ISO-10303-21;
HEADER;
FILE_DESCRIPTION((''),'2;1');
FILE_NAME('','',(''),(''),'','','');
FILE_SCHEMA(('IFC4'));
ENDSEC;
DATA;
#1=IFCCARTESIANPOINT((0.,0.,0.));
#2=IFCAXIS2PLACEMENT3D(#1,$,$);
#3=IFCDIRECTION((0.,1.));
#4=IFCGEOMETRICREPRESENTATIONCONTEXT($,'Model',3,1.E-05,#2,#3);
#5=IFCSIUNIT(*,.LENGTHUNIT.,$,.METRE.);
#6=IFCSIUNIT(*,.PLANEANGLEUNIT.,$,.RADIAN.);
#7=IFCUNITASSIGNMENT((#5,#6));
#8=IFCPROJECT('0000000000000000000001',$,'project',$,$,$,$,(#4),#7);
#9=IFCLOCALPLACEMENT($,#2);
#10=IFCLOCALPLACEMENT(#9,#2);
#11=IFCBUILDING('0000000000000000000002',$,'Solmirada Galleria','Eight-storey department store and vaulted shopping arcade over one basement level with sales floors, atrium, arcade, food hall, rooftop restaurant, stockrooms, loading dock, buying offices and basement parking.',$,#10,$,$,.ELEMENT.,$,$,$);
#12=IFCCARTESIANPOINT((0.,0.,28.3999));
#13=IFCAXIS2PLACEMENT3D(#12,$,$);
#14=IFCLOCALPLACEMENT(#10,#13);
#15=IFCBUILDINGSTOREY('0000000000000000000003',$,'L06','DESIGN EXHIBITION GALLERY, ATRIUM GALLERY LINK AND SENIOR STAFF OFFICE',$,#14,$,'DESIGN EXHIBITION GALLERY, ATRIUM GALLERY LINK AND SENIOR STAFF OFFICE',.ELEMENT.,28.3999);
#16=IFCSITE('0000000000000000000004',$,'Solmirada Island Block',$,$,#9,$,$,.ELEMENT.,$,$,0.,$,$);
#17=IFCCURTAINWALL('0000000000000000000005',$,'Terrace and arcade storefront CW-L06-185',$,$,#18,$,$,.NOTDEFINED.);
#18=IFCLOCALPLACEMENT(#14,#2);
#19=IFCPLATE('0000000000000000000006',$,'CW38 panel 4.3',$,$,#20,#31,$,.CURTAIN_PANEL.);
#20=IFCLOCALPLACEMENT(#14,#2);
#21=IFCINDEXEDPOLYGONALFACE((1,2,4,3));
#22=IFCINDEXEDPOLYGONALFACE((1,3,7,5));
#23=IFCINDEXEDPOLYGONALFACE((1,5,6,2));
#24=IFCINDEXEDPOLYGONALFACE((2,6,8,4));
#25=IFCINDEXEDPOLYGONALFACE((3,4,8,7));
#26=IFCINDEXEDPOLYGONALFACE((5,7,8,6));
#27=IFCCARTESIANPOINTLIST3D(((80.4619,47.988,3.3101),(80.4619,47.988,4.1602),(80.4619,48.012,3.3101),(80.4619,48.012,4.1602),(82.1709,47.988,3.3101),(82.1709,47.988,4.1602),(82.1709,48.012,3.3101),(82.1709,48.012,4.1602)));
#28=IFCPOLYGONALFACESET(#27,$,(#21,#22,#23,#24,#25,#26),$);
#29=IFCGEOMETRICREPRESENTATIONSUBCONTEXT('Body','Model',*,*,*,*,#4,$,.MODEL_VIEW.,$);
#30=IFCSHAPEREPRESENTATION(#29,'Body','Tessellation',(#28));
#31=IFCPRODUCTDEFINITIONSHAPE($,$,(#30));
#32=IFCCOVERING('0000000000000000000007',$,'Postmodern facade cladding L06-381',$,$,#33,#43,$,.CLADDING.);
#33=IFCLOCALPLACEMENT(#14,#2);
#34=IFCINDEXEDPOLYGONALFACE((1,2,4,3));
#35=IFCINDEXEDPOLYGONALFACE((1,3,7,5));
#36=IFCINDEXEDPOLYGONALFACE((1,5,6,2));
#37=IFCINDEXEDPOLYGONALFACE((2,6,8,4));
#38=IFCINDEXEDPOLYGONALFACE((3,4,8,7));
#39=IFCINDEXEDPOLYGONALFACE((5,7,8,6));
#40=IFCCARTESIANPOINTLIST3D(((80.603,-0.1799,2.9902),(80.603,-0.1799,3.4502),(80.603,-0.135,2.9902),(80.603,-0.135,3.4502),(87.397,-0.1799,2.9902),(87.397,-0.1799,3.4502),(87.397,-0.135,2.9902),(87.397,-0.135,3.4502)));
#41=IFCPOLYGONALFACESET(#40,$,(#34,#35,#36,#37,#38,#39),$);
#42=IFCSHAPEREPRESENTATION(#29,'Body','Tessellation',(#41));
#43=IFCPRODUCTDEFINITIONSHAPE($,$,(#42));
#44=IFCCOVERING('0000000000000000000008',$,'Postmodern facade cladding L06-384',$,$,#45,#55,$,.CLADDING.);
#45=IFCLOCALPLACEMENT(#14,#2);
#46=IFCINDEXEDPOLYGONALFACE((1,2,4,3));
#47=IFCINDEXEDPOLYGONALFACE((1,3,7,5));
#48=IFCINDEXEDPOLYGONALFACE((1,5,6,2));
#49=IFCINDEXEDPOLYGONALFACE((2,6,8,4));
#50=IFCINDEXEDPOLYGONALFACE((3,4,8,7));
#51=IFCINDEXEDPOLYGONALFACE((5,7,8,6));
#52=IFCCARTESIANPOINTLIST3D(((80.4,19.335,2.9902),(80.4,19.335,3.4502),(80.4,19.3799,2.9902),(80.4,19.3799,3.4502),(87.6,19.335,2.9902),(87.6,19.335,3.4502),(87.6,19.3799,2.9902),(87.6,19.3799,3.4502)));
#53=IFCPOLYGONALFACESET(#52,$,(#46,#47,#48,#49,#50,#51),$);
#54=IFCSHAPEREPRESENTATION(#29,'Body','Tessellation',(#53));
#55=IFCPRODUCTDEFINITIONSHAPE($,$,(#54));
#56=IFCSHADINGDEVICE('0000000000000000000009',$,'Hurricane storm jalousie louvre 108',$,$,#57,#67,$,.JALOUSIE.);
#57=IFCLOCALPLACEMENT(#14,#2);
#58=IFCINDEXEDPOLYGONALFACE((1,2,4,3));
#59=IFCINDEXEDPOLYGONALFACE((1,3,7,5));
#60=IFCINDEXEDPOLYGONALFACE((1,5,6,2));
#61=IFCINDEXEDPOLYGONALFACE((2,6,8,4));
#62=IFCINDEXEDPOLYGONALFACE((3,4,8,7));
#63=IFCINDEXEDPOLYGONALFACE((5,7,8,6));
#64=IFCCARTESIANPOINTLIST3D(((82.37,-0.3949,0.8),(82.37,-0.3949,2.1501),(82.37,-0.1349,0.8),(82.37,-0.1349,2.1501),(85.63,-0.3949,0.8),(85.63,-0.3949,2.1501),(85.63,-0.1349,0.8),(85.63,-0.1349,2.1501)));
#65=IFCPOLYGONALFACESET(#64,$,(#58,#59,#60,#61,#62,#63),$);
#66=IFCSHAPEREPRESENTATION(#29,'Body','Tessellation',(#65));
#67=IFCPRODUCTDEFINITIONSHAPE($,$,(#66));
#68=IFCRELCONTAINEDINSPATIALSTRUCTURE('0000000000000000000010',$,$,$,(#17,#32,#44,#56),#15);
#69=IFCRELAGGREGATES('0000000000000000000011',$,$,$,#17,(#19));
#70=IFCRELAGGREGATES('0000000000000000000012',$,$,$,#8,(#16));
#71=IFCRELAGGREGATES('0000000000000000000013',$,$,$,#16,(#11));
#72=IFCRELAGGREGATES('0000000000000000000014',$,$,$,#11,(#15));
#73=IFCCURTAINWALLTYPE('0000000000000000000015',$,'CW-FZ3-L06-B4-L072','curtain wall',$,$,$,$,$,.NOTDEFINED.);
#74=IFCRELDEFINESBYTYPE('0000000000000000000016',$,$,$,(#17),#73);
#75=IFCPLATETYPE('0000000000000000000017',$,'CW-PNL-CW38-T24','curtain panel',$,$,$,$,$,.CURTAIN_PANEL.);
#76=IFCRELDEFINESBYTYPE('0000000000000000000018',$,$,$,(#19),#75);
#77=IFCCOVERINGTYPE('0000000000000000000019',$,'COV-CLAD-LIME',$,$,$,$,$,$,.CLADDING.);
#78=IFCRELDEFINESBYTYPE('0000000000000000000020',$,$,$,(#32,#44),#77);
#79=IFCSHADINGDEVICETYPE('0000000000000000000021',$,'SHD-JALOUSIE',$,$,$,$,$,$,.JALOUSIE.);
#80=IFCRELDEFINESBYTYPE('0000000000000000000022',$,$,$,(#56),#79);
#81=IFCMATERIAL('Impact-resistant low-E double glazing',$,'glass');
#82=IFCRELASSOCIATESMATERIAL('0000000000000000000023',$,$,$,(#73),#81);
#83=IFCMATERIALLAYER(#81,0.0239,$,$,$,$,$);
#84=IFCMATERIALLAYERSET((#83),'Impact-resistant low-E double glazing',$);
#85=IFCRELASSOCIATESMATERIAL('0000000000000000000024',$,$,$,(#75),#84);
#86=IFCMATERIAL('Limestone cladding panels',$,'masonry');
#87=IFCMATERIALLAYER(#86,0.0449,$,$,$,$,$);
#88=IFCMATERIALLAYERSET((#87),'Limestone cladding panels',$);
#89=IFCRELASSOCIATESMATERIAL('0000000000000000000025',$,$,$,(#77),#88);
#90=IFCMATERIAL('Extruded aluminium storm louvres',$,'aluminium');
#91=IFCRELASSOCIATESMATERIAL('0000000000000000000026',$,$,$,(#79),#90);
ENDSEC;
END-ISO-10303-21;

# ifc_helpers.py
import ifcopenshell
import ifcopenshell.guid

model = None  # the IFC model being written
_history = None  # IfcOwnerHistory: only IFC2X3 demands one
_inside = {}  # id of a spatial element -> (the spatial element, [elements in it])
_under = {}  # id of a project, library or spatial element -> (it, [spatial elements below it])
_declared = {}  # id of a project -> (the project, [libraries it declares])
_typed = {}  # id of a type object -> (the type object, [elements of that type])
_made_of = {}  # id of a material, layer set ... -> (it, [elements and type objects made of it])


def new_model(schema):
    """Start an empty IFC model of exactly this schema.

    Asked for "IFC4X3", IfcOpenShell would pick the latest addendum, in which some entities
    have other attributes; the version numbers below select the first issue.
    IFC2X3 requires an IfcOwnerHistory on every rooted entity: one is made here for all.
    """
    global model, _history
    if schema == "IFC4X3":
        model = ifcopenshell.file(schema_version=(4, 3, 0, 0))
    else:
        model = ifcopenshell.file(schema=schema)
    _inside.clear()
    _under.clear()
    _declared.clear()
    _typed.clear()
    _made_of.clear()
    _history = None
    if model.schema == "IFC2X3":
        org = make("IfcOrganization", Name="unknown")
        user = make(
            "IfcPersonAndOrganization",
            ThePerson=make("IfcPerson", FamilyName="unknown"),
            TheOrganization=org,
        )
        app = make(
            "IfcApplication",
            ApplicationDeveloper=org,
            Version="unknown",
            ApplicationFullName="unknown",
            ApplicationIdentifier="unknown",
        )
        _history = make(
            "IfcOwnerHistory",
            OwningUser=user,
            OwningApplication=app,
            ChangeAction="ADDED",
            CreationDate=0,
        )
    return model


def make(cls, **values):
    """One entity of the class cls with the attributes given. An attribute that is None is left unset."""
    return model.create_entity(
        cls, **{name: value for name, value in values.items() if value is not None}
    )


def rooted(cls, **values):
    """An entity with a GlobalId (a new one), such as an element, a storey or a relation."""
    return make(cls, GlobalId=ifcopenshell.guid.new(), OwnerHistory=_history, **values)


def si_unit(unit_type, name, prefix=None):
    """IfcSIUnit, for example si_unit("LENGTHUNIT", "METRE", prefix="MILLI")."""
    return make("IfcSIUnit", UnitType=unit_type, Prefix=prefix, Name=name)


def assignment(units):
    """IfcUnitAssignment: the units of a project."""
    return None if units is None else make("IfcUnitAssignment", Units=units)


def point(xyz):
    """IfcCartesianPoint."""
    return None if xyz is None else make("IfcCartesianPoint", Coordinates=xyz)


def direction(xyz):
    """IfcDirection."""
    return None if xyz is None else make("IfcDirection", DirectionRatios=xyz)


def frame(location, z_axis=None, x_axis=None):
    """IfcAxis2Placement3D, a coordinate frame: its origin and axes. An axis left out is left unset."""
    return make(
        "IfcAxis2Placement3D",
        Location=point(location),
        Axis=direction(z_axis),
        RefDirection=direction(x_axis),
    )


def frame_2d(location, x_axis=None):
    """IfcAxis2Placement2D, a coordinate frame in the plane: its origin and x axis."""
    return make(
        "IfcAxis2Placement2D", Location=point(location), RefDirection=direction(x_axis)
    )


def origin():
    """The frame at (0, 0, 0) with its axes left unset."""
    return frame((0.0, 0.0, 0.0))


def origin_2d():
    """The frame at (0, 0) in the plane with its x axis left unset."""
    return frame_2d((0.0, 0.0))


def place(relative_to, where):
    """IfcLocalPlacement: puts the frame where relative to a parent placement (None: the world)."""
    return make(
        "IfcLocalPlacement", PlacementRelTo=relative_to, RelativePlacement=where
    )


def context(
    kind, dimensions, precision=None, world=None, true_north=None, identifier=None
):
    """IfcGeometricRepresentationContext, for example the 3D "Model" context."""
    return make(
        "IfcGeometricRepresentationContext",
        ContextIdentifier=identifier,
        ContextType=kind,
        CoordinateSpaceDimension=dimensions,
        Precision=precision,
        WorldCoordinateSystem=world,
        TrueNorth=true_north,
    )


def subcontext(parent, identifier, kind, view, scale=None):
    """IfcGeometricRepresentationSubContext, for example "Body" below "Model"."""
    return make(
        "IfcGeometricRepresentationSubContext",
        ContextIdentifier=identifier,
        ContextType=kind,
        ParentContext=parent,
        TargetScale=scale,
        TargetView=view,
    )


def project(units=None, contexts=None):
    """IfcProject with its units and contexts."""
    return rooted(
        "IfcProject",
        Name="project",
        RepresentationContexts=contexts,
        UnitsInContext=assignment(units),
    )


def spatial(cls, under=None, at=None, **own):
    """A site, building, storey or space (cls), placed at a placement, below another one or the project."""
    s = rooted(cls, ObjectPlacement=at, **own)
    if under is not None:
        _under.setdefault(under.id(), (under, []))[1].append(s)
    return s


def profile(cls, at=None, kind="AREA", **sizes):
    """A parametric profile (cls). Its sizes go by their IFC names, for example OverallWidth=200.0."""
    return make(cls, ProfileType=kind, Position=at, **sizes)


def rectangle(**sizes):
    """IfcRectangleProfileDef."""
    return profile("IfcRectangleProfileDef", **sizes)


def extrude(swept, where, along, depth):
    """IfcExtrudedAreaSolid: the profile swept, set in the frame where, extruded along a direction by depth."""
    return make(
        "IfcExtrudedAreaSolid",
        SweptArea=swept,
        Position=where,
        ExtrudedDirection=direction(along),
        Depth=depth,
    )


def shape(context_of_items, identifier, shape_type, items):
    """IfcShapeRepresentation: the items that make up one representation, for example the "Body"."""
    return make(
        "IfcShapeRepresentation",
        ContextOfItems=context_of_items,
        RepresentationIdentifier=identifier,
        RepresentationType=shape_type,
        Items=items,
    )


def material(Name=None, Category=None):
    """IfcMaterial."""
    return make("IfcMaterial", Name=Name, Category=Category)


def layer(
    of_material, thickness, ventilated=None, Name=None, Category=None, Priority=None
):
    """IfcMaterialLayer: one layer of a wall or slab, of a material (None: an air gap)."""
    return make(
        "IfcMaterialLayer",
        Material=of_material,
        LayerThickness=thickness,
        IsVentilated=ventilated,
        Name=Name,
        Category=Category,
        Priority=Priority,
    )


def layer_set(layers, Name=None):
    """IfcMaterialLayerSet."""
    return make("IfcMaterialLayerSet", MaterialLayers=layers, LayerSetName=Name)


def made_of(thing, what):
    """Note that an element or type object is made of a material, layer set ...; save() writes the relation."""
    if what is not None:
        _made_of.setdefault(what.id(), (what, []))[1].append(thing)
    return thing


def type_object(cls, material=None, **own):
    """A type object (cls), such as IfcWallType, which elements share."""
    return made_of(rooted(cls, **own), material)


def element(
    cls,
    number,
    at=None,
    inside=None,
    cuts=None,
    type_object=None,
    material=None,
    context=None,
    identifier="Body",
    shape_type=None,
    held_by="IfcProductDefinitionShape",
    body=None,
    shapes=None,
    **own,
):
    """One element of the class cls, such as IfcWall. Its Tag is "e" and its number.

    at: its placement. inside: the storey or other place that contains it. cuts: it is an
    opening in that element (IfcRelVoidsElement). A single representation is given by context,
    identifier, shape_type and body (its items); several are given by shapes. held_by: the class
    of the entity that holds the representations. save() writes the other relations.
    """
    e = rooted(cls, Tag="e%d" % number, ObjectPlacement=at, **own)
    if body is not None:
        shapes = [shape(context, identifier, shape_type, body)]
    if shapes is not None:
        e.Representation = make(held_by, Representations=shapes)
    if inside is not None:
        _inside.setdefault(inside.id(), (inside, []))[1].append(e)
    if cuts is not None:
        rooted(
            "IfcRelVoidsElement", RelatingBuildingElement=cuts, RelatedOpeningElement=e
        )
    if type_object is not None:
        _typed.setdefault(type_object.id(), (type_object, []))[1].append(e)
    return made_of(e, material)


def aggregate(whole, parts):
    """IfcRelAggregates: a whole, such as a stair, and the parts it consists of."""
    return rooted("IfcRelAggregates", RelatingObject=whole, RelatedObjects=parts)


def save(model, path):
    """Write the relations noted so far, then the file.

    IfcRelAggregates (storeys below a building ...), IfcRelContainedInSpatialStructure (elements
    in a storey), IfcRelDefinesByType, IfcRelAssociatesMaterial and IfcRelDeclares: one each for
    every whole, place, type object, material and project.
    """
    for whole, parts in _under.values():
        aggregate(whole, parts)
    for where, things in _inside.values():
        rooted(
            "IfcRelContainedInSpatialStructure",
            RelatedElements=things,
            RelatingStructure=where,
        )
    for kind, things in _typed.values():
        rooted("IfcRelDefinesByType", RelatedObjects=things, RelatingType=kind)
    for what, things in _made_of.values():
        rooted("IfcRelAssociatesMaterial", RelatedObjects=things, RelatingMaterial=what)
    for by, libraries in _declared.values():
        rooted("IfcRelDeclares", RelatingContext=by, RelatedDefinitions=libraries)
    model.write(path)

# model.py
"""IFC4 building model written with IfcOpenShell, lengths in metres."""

from ifc_helpers import new_model, si_unit, direction, frame, origin, origin_2d, place, context, subcontext, project, spatial, rectangle, extrude, material, layer, layer_set, type_object, element, aggregate, save


model = new_model("IFC4")

# Units and contexts
model_context = context("Model", 3, precision=1e-05, world=origin(), true_north=direction((0.0, 1.0)))
body_context = subcontext(model_context, "Body", "Model", "MODEL_VIEW")
ifc_project = project(units=[si_unit("LENGTHUNIT", "METRE"), si_unit("PLANEANGLEUNIT", "RADIAN")], contexts=[model_context])

# Site, building, storey
site_placement = place(None, origin())
site = spatial("IfcSite", under=ifc_project, at=site_placement, Name="Solmirada Island Block", CompositionType="ELEMENT", RefElevation=0.0)
building_placement = place(site_placement, origin())
building = spatial("IfcBuilding", under=site, at=building_placement, Name="Solmirada Galleria", Description="Eight-storey department store and vaulted shopping arcade over one basement level with sales floors, atrium, arcade, food hall, rooftop restaurant, stockrooms, loading dock, buying offices and basement parking.", CompositionType="ELEMENT")
storey_placement = place(building_placement, frame((0.0, 0.0, 28.3999)))
storey = spatial("IfcBuildingStorey", under=building, at=storey_placement, Name="L06", Description="DESIGN EXHIBITION GALLERY, ATRIUM GALLERY LINK AND SENIOR STAFF OFFICE", LongName="DESIGN EXHIBITION GALLERY, ATRIUM GALLERY LINK AND SENIOR STAFF OFFICE", CompositionType="ELEMENT", Elevation=28.3999)

# Curtain wall, plate
ifc_material_1 = material(Name="Impact-resistant low-E double glazing", Category="glass")
curtain_wall_type = type_object("IfcCurtainWallType", Name="CW-FZ3-L06-B4-L072", Description="curtain wall", PredefinedType="NOTDEFINED", material=ifc_material_1)
curtain_wall_placement = place(storey_placement, origin())
curtain_wall = element("IfcCurtainWall", 1, at=curtain_wall_placement, inside=storey, type_object=curtain_wall_type, Name="Terrace and arcade storefront CW-L06-185", PredefinedType="NOTDEFINED")
ifc_layer_1 = layer(ifc_material_1, 0.0239)
ifc_layer_set_1 = layer_set([ifc_layer_1], Name="Impact-resistant low-E double glazing")
plate_type = type_object("IfcPlateType", Name="CW-PNL-CW38-T24", Description="curtain panel", PredefinedType="CURTAIN_PANEL", material=ifc_layer_set_1)
plate_1_placement = place(storey_placement, frame((81.3164, 48.0, 3.3101), z_axis=(0.0, 0.0, 1.0), x_axis=(-1.0, 0.0, 0.0)))
plate_1 = element("IfcPlate", 2, at=plate_1_placement, type_object=plate_type, Name="CW38 panel 4.3", PredefinedType="CURTAIN_PANEL", context=body_context, shape_type="SweptSolid", body=[
    extrude(rectangle(XDim=1.709, YDim=0.0239, at=origin_2d()), origin(), (0.0, 0.0, 1.0), 0.8501),
])
aggregate(curtain_wall, [plate_1])

# Coverings
ifc_material_2 = material(Name="Limestone cladding panels", Category="masonry")
ifc_layer_2 = layer(ifc_material_2, 0.0449)
ifc_layer_set_2 = layer_set([ifc_layer_2], Name="Limestone cladding panels")
covering_type = type_object("IfcCoveringType", Name="COV-CLAD-LIME", PredefinedType="CLADDING", material=ifc_layer_set_2)
covering_1_placement = place(storey_placement, frame((84.0, -0.1575, 2.9902), z_axis=(0.0, 0.0, 1.0), x_axis=(-1.0, 0.0, 0.0)))
element("IfcCovering", 3, at=covering_1_placement, inside=storey, type_object=covering_type, Name="Postmodern facade cladding L06-381", PredefinedType="CLADDING", context=body_context, shape_type="SweptSolid", body=[
    extrude(rectangle(XDim=6.7939, YDim=0.0449, at=origin_2d()), origin(), (0.0, 0.0, 1.0), 0.46),
])
covering_2_placement = place(storey_placement, frame((84.0, 19.3574, 2.9902), z_axis=(0.0, 0.0, 1.0), x_axis=(1.0, 0.0, 0.0)))
element("IfcCovering", 4, at=covering_2_placement, inside=storey, type_object=covering_type, Name="Postmodern facade cladding L06-384", PredefinedType="CLADDING", context=body_context, shape_type="SweptSolid", body=[
    extrude(rectangle(XDim=7.2, YDim=0.0449, at=origin_2d()), origin(), (0.0, 0.0, 1.0), 0.46),
])

# Shading device
ifc_material_3 = material(Name="Extruded aluminium storm louvres", Category="aluminium")
shading_device_type = type_object("IfcShadingDeviceType", Name="SHD-JALOUSIE", PredefinedType="JALOUSIE", material=ifc_material_3)
shading_device_placement = place(storey_placement, frame((84.0, -0.2649, 0.8), z_axis=(0.0, 0.0, 1.0), x_axis=(-1.0, 0.0, 0.0)))
element("IfcShadingDevice", 5, at=shading_device_placement, inside=storey, type_object=shading_device_type, Name="Hurricane storm jalousie louvre 108", PredefinedType="JALOUSIE", context=body_context, shape_type="SweptSolid", body=[
    extrude(rectangle(XDim=3.26, YDim=0.26, at=origin_2d()), origin(), (0.0, 0.0, 1.0), 1.3501),
])

save(model, "model.ifc")
